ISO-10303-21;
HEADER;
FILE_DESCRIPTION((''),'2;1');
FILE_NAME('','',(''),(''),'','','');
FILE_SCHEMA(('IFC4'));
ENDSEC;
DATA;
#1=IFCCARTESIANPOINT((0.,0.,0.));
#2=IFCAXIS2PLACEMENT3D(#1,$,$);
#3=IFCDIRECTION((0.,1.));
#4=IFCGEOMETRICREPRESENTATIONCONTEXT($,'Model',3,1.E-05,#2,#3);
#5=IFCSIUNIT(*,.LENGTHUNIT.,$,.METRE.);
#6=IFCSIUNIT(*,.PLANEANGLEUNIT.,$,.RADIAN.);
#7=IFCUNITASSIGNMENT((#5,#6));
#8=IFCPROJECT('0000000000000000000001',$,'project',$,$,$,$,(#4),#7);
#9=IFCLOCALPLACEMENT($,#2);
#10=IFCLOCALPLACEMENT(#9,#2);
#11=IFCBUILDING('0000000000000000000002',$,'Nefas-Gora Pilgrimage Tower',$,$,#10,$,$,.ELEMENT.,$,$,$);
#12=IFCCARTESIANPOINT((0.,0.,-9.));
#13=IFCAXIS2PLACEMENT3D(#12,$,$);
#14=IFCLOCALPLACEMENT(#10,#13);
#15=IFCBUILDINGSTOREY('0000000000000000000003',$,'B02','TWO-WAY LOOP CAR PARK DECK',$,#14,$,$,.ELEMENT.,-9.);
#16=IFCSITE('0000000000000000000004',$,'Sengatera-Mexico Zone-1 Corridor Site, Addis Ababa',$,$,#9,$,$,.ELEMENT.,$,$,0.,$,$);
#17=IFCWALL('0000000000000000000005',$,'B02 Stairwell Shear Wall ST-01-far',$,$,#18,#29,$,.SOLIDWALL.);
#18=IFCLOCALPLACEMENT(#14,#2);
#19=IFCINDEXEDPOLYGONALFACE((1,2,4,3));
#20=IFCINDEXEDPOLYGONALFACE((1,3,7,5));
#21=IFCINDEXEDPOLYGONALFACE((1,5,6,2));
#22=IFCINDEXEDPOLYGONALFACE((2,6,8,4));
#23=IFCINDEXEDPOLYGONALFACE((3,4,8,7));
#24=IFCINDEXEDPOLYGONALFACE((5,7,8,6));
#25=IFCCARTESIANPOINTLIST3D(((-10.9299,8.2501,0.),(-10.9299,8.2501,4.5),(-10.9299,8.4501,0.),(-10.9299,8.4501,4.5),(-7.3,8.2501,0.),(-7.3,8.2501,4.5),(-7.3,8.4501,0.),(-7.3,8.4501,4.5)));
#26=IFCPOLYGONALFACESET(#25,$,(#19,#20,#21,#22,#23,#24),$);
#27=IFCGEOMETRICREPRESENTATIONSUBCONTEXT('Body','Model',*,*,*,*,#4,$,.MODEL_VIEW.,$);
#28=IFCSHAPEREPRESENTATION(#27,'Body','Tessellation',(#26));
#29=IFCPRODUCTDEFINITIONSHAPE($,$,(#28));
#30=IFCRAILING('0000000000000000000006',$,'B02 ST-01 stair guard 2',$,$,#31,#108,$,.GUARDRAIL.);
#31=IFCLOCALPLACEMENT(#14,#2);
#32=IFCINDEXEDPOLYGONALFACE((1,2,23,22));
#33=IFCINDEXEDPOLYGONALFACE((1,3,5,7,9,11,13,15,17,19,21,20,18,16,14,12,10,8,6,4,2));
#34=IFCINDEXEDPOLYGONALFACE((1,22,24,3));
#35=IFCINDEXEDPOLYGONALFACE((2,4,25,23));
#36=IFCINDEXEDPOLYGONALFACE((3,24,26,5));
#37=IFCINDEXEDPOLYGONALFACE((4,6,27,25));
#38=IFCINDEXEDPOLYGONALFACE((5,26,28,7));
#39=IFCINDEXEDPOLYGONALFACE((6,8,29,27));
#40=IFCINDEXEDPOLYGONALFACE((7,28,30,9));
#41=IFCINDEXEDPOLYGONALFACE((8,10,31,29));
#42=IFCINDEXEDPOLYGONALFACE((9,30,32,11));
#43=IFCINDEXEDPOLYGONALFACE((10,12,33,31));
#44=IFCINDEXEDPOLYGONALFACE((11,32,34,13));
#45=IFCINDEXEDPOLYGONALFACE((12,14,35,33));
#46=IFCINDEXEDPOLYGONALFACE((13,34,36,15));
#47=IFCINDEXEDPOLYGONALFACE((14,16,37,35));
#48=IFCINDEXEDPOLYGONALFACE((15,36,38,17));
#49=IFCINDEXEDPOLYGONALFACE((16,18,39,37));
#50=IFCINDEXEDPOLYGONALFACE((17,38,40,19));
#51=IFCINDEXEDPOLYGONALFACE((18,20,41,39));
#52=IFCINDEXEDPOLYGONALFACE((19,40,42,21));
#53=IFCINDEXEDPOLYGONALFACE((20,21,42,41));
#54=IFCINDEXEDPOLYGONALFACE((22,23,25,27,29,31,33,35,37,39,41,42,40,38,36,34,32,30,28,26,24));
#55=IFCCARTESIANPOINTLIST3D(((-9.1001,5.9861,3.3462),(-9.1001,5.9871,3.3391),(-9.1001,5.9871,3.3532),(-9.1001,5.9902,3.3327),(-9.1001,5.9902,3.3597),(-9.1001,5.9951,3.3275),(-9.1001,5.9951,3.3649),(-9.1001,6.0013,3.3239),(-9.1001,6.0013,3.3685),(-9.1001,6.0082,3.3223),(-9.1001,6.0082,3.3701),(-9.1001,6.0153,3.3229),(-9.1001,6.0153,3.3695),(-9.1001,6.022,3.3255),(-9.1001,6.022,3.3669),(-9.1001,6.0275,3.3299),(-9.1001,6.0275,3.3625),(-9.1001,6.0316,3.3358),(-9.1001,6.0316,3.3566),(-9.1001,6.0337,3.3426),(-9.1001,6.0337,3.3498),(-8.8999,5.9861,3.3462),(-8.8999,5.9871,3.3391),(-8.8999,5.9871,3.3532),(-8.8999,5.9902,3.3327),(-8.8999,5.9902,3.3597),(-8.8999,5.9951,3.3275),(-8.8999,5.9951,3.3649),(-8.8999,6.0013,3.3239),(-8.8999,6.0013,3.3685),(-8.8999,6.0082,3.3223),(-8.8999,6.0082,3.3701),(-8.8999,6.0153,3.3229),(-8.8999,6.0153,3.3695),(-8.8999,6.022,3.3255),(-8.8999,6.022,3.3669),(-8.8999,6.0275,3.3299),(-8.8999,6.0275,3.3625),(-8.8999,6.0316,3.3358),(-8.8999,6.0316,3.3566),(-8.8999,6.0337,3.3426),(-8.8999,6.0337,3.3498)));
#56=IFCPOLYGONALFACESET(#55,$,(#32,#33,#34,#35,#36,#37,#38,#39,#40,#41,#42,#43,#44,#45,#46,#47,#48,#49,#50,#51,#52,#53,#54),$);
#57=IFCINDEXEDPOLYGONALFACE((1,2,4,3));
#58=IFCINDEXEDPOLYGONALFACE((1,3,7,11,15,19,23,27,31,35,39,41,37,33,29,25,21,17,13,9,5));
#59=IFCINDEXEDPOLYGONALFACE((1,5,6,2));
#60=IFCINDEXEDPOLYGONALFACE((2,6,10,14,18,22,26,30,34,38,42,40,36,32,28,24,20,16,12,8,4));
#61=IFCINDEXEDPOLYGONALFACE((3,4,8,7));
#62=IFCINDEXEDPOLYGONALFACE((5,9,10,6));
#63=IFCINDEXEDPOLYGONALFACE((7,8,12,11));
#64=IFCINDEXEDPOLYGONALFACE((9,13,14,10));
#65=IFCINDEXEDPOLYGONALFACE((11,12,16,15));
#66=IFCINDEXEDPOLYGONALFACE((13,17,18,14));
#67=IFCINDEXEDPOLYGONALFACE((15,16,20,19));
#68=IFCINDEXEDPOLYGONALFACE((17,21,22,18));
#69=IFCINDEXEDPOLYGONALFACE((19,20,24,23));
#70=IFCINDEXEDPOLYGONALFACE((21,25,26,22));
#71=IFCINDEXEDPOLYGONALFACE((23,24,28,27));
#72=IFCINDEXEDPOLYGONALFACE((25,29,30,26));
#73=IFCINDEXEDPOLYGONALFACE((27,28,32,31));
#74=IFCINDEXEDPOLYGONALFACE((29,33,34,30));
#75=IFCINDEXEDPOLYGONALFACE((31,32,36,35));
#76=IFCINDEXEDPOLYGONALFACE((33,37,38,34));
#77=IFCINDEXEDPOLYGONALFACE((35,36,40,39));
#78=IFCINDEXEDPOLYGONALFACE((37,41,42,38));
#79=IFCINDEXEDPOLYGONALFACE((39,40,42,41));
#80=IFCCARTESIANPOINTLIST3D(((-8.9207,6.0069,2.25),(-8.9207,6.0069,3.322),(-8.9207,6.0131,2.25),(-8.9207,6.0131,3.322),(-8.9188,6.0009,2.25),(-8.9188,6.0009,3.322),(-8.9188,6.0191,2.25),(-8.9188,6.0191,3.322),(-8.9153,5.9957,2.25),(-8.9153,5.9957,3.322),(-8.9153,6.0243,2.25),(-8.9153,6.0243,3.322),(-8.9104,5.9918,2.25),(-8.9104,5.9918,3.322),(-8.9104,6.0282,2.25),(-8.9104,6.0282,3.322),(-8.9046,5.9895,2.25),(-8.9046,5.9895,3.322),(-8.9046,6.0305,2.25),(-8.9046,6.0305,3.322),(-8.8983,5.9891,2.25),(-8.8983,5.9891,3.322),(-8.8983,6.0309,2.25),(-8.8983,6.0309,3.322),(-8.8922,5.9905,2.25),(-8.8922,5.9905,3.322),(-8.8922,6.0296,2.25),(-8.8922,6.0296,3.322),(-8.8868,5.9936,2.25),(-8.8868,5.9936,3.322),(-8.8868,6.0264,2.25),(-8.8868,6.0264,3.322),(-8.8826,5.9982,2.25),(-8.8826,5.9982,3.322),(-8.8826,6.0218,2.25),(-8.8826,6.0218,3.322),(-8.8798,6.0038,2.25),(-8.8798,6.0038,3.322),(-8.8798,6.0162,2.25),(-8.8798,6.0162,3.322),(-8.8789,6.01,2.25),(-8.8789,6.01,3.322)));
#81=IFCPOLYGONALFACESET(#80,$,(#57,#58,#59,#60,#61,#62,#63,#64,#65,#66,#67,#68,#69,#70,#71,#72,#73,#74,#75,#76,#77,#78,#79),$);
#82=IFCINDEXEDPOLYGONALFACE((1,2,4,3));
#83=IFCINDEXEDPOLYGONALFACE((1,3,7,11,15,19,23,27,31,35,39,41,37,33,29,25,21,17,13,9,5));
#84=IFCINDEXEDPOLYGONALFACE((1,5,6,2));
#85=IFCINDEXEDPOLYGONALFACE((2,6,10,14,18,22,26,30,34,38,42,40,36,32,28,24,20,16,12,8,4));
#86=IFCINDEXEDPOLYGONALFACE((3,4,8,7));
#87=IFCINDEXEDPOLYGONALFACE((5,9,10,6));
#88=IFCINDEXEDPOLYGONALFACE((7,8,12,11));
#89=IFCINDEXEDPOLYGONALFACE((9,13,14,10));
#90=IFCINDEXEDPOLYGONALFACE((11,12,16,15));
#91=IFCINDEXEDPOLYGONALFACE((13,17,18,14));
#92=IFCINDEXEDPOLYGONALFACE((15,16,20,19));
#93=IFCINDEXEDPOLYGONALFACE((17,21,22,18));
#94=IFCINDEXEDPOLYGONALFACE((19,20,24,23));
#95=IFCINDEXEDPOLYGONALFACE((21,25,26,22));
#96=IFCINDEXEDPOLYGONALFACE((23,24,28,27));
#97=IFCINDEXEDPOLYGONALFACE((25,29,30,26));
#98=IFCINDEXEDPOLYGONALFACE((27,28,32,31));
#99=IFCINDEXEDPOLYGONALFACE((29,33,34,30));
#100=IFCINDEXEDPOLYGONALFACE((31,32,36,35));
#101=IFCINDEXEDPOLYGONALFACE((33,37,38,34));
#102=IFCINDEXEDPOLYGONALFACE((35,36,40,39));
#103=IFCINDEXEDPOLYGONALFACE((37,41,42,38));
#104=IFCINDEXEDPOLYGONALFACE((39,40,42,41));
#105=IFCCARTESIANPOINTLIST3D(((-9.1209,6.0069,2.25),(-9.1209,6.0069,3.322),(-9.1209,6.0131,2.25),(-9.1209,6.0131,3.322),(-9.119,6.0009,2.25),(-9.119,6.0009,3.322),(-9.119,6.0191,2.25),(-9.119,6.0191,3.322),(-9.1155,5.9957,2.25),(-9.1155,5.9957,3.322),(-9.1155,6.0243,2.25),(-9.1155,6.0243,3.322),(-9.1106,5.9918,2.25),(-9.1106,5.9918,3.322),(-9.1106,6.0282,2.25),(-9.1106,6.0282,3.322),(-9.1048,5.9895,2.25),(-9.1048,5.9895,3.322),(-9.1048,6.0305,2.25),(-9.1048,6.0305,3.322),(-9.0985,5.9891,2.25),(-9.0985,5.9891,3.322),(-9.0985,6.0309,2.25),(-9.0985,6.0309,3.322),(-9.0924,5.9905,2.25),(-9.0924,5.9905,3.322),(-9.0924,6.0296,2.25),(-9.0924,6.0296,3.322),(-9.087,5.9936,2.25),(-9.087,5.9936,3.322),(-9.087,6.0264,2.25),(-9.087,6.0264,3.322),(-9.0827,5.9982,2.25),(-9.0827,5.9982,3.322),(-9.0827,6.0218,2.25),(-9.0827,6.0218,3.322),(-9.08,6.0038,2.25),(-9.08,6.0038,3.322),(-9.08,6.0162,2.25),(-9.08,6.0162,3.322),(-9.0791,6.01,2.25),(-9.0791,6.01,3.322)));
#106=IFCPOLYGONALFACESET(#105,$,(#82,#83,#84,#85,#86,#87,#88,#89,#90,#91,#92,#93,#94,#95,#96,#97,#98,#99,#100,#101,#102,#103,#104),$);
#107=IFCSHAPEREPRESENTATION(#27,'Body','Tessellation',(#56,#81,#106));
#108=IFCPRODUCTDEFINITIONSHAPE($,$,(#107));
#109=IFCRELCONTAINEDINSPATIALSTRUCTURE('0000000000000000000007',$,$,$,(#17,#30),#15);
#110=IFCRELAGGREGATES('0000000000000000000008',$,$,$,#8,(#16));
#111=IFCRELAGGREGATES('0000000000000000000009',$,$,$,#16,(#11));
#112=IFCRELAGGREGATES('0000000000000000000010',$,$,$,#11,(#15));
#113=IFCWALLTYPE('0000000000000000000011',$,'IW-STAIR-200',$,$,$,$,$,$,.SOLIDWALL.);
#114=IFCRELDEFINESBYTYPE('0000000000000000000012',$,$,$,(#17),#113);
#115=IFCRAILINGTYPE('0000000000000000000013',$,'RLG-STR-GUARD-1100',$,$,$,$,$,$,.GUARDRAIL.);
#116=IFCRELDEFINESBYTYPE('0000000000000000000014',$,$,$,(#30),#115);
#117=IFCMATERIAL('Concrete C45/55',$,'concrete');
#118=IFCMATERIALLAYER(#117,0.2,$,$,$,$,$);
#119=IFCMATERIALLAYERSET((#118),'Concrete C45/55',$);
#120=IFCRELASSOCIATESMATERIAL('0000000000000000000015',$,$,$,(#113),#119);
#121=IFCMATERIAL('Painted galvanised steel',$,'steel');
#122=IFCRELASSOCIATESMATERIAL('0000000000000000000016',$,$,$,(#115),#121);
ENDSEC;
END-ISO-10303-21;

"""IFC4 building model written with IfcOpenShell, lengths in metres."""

from ifc_helpers import new_model, si_unit, direction, frame, frame_2d, origin, origin_2d, place, context, subcontext, project, spatial, rectangle, circle, extrude, source, transform, mapped, material, layer, layer_set, type_object, element, save


model = new_model("IFC4")

# Units and contexts
model_context = context("Model", 3, precision=1e-05, world=origin(), true_north=direction((0.0, 1.0)))
body_context = subcontext(model_context, "Body", "Model", "MODEL_VIEW")
ifc_project = project(units=[si_unit("LENGTHUNIT", "METRE"), si_unit("PLANEANGLEUNIT", "RADIAN")], contexts=[model_context])

# Site, building, storey
site_placement = place(None, origin())
site = spatial("IfcSite", under=ifc_project, at=site_placement, Name="Sengatera-Mexico Zone-1 Corridor Site, Addis Ababa", CompositionType="ELEMENT", RefElevation=0.0)
building_placement = place(site_placement, origin())
building = spatial("IfcBuilding", under=site, at=building_placement, Name="Nefas-Gora Pilgrimage Tower", CompositionType="ELEMENT")
storey_placement = place(building_placement, frame((0.0, 0.0, -9.0)))
storey = spatial("IfcBuildingStorey", under=building, at=storey_placement, Name="B02", Description="TWO-WAY LOOP CAR PARK DECK", CompositionType="ELEMENT", Elevation=-9.0)

# Shared definitions
ifc_material_1 = material(Name="Concrete C45/55", Category="concrete")

# Wall
ifc_layer_1 = layer(ifc_material_1, 0.2)
ifc_layer_set_1 = layer_set([ifc_layer_1], Name="Concrete C45/55")
wall_type_1 = type_object("IfcWallType", Name="IW-STAIR-200", PredefinedType="SOLIDWALL", material=ifc_layer_set_1)
shared_shape_1 = source(origin(), body_context, "Body", "SweptSolid", [
    extrude(rectangle(XDim=3.6299, YDim=0.2, at=frame_2d((1.8149, 0.0))), origin(), (0.0, 0.0, 1.0), 4.5),
])
wall_1_placement = place(storey_placement, frame((-7.3, 8.3501, 0.0), z_axis=(0.0, 0.0, 1.0), x_axis=(-1.0, 0.0, 0.0)))
element("IfcWall", 1, at=wall_1_placement, inside=storey, type_object=wall_type_1, Name="B02 Stairwell Shear Wall ST-01-far", PredefinedType="SOLIDWALL", context=body_context, shape_type="MappedRepresentation", body=[
    mapped(shared_shape_1, transform((0.0, 0.0, 0.0), x_axis=(1.0, 0.0, 0.0), y_axis=(0.0, 1.0, 0.0), z_axis=(0.0, 0.0, 1.0), scale=1.0)),
])

# Railing
ifc_material_2 = material(Name="Painted galvanised steel", Category="steel")
railing_type = type_object("IfcRailingType", Name="RLG-STR-GUARD-1100", PredefinedType="GUARDRAIL", material=ifc_material_2)
railing_placement = place(storey_placement, frame((-8.8999, 6.01, 2.25)))
element("IfcRailing", 2, at=railing_placement, inside=storey, type_object=railing_type, Name="B02 ST-01 stair guard 2", PredefinedType="GUARDRAIL", context=body_context, shape_type="SweptSolid", body=[
    extrude(circle(Radius=0.0239, at=origin_2d()), frame((0.0, 0.0, 1.0962), z_axis=(-1.0, 0.0, 0.0), x_axis=(0.0, -1.0, 0.0)), (0.0, 0.0, 1.0), 0.2002),
    extrude(circle(Radius=0.021, at=origin_2d()), origin(), (0.0, 0.0, 1.0), 1.072),
    extrude(circle(Radius=0.021, at=origin_2d()), frame((-0.2002, 0.0, 0.0)), (0.0, 0.0, 1.0), 1.072),
])

save(model, "model.ifc")
